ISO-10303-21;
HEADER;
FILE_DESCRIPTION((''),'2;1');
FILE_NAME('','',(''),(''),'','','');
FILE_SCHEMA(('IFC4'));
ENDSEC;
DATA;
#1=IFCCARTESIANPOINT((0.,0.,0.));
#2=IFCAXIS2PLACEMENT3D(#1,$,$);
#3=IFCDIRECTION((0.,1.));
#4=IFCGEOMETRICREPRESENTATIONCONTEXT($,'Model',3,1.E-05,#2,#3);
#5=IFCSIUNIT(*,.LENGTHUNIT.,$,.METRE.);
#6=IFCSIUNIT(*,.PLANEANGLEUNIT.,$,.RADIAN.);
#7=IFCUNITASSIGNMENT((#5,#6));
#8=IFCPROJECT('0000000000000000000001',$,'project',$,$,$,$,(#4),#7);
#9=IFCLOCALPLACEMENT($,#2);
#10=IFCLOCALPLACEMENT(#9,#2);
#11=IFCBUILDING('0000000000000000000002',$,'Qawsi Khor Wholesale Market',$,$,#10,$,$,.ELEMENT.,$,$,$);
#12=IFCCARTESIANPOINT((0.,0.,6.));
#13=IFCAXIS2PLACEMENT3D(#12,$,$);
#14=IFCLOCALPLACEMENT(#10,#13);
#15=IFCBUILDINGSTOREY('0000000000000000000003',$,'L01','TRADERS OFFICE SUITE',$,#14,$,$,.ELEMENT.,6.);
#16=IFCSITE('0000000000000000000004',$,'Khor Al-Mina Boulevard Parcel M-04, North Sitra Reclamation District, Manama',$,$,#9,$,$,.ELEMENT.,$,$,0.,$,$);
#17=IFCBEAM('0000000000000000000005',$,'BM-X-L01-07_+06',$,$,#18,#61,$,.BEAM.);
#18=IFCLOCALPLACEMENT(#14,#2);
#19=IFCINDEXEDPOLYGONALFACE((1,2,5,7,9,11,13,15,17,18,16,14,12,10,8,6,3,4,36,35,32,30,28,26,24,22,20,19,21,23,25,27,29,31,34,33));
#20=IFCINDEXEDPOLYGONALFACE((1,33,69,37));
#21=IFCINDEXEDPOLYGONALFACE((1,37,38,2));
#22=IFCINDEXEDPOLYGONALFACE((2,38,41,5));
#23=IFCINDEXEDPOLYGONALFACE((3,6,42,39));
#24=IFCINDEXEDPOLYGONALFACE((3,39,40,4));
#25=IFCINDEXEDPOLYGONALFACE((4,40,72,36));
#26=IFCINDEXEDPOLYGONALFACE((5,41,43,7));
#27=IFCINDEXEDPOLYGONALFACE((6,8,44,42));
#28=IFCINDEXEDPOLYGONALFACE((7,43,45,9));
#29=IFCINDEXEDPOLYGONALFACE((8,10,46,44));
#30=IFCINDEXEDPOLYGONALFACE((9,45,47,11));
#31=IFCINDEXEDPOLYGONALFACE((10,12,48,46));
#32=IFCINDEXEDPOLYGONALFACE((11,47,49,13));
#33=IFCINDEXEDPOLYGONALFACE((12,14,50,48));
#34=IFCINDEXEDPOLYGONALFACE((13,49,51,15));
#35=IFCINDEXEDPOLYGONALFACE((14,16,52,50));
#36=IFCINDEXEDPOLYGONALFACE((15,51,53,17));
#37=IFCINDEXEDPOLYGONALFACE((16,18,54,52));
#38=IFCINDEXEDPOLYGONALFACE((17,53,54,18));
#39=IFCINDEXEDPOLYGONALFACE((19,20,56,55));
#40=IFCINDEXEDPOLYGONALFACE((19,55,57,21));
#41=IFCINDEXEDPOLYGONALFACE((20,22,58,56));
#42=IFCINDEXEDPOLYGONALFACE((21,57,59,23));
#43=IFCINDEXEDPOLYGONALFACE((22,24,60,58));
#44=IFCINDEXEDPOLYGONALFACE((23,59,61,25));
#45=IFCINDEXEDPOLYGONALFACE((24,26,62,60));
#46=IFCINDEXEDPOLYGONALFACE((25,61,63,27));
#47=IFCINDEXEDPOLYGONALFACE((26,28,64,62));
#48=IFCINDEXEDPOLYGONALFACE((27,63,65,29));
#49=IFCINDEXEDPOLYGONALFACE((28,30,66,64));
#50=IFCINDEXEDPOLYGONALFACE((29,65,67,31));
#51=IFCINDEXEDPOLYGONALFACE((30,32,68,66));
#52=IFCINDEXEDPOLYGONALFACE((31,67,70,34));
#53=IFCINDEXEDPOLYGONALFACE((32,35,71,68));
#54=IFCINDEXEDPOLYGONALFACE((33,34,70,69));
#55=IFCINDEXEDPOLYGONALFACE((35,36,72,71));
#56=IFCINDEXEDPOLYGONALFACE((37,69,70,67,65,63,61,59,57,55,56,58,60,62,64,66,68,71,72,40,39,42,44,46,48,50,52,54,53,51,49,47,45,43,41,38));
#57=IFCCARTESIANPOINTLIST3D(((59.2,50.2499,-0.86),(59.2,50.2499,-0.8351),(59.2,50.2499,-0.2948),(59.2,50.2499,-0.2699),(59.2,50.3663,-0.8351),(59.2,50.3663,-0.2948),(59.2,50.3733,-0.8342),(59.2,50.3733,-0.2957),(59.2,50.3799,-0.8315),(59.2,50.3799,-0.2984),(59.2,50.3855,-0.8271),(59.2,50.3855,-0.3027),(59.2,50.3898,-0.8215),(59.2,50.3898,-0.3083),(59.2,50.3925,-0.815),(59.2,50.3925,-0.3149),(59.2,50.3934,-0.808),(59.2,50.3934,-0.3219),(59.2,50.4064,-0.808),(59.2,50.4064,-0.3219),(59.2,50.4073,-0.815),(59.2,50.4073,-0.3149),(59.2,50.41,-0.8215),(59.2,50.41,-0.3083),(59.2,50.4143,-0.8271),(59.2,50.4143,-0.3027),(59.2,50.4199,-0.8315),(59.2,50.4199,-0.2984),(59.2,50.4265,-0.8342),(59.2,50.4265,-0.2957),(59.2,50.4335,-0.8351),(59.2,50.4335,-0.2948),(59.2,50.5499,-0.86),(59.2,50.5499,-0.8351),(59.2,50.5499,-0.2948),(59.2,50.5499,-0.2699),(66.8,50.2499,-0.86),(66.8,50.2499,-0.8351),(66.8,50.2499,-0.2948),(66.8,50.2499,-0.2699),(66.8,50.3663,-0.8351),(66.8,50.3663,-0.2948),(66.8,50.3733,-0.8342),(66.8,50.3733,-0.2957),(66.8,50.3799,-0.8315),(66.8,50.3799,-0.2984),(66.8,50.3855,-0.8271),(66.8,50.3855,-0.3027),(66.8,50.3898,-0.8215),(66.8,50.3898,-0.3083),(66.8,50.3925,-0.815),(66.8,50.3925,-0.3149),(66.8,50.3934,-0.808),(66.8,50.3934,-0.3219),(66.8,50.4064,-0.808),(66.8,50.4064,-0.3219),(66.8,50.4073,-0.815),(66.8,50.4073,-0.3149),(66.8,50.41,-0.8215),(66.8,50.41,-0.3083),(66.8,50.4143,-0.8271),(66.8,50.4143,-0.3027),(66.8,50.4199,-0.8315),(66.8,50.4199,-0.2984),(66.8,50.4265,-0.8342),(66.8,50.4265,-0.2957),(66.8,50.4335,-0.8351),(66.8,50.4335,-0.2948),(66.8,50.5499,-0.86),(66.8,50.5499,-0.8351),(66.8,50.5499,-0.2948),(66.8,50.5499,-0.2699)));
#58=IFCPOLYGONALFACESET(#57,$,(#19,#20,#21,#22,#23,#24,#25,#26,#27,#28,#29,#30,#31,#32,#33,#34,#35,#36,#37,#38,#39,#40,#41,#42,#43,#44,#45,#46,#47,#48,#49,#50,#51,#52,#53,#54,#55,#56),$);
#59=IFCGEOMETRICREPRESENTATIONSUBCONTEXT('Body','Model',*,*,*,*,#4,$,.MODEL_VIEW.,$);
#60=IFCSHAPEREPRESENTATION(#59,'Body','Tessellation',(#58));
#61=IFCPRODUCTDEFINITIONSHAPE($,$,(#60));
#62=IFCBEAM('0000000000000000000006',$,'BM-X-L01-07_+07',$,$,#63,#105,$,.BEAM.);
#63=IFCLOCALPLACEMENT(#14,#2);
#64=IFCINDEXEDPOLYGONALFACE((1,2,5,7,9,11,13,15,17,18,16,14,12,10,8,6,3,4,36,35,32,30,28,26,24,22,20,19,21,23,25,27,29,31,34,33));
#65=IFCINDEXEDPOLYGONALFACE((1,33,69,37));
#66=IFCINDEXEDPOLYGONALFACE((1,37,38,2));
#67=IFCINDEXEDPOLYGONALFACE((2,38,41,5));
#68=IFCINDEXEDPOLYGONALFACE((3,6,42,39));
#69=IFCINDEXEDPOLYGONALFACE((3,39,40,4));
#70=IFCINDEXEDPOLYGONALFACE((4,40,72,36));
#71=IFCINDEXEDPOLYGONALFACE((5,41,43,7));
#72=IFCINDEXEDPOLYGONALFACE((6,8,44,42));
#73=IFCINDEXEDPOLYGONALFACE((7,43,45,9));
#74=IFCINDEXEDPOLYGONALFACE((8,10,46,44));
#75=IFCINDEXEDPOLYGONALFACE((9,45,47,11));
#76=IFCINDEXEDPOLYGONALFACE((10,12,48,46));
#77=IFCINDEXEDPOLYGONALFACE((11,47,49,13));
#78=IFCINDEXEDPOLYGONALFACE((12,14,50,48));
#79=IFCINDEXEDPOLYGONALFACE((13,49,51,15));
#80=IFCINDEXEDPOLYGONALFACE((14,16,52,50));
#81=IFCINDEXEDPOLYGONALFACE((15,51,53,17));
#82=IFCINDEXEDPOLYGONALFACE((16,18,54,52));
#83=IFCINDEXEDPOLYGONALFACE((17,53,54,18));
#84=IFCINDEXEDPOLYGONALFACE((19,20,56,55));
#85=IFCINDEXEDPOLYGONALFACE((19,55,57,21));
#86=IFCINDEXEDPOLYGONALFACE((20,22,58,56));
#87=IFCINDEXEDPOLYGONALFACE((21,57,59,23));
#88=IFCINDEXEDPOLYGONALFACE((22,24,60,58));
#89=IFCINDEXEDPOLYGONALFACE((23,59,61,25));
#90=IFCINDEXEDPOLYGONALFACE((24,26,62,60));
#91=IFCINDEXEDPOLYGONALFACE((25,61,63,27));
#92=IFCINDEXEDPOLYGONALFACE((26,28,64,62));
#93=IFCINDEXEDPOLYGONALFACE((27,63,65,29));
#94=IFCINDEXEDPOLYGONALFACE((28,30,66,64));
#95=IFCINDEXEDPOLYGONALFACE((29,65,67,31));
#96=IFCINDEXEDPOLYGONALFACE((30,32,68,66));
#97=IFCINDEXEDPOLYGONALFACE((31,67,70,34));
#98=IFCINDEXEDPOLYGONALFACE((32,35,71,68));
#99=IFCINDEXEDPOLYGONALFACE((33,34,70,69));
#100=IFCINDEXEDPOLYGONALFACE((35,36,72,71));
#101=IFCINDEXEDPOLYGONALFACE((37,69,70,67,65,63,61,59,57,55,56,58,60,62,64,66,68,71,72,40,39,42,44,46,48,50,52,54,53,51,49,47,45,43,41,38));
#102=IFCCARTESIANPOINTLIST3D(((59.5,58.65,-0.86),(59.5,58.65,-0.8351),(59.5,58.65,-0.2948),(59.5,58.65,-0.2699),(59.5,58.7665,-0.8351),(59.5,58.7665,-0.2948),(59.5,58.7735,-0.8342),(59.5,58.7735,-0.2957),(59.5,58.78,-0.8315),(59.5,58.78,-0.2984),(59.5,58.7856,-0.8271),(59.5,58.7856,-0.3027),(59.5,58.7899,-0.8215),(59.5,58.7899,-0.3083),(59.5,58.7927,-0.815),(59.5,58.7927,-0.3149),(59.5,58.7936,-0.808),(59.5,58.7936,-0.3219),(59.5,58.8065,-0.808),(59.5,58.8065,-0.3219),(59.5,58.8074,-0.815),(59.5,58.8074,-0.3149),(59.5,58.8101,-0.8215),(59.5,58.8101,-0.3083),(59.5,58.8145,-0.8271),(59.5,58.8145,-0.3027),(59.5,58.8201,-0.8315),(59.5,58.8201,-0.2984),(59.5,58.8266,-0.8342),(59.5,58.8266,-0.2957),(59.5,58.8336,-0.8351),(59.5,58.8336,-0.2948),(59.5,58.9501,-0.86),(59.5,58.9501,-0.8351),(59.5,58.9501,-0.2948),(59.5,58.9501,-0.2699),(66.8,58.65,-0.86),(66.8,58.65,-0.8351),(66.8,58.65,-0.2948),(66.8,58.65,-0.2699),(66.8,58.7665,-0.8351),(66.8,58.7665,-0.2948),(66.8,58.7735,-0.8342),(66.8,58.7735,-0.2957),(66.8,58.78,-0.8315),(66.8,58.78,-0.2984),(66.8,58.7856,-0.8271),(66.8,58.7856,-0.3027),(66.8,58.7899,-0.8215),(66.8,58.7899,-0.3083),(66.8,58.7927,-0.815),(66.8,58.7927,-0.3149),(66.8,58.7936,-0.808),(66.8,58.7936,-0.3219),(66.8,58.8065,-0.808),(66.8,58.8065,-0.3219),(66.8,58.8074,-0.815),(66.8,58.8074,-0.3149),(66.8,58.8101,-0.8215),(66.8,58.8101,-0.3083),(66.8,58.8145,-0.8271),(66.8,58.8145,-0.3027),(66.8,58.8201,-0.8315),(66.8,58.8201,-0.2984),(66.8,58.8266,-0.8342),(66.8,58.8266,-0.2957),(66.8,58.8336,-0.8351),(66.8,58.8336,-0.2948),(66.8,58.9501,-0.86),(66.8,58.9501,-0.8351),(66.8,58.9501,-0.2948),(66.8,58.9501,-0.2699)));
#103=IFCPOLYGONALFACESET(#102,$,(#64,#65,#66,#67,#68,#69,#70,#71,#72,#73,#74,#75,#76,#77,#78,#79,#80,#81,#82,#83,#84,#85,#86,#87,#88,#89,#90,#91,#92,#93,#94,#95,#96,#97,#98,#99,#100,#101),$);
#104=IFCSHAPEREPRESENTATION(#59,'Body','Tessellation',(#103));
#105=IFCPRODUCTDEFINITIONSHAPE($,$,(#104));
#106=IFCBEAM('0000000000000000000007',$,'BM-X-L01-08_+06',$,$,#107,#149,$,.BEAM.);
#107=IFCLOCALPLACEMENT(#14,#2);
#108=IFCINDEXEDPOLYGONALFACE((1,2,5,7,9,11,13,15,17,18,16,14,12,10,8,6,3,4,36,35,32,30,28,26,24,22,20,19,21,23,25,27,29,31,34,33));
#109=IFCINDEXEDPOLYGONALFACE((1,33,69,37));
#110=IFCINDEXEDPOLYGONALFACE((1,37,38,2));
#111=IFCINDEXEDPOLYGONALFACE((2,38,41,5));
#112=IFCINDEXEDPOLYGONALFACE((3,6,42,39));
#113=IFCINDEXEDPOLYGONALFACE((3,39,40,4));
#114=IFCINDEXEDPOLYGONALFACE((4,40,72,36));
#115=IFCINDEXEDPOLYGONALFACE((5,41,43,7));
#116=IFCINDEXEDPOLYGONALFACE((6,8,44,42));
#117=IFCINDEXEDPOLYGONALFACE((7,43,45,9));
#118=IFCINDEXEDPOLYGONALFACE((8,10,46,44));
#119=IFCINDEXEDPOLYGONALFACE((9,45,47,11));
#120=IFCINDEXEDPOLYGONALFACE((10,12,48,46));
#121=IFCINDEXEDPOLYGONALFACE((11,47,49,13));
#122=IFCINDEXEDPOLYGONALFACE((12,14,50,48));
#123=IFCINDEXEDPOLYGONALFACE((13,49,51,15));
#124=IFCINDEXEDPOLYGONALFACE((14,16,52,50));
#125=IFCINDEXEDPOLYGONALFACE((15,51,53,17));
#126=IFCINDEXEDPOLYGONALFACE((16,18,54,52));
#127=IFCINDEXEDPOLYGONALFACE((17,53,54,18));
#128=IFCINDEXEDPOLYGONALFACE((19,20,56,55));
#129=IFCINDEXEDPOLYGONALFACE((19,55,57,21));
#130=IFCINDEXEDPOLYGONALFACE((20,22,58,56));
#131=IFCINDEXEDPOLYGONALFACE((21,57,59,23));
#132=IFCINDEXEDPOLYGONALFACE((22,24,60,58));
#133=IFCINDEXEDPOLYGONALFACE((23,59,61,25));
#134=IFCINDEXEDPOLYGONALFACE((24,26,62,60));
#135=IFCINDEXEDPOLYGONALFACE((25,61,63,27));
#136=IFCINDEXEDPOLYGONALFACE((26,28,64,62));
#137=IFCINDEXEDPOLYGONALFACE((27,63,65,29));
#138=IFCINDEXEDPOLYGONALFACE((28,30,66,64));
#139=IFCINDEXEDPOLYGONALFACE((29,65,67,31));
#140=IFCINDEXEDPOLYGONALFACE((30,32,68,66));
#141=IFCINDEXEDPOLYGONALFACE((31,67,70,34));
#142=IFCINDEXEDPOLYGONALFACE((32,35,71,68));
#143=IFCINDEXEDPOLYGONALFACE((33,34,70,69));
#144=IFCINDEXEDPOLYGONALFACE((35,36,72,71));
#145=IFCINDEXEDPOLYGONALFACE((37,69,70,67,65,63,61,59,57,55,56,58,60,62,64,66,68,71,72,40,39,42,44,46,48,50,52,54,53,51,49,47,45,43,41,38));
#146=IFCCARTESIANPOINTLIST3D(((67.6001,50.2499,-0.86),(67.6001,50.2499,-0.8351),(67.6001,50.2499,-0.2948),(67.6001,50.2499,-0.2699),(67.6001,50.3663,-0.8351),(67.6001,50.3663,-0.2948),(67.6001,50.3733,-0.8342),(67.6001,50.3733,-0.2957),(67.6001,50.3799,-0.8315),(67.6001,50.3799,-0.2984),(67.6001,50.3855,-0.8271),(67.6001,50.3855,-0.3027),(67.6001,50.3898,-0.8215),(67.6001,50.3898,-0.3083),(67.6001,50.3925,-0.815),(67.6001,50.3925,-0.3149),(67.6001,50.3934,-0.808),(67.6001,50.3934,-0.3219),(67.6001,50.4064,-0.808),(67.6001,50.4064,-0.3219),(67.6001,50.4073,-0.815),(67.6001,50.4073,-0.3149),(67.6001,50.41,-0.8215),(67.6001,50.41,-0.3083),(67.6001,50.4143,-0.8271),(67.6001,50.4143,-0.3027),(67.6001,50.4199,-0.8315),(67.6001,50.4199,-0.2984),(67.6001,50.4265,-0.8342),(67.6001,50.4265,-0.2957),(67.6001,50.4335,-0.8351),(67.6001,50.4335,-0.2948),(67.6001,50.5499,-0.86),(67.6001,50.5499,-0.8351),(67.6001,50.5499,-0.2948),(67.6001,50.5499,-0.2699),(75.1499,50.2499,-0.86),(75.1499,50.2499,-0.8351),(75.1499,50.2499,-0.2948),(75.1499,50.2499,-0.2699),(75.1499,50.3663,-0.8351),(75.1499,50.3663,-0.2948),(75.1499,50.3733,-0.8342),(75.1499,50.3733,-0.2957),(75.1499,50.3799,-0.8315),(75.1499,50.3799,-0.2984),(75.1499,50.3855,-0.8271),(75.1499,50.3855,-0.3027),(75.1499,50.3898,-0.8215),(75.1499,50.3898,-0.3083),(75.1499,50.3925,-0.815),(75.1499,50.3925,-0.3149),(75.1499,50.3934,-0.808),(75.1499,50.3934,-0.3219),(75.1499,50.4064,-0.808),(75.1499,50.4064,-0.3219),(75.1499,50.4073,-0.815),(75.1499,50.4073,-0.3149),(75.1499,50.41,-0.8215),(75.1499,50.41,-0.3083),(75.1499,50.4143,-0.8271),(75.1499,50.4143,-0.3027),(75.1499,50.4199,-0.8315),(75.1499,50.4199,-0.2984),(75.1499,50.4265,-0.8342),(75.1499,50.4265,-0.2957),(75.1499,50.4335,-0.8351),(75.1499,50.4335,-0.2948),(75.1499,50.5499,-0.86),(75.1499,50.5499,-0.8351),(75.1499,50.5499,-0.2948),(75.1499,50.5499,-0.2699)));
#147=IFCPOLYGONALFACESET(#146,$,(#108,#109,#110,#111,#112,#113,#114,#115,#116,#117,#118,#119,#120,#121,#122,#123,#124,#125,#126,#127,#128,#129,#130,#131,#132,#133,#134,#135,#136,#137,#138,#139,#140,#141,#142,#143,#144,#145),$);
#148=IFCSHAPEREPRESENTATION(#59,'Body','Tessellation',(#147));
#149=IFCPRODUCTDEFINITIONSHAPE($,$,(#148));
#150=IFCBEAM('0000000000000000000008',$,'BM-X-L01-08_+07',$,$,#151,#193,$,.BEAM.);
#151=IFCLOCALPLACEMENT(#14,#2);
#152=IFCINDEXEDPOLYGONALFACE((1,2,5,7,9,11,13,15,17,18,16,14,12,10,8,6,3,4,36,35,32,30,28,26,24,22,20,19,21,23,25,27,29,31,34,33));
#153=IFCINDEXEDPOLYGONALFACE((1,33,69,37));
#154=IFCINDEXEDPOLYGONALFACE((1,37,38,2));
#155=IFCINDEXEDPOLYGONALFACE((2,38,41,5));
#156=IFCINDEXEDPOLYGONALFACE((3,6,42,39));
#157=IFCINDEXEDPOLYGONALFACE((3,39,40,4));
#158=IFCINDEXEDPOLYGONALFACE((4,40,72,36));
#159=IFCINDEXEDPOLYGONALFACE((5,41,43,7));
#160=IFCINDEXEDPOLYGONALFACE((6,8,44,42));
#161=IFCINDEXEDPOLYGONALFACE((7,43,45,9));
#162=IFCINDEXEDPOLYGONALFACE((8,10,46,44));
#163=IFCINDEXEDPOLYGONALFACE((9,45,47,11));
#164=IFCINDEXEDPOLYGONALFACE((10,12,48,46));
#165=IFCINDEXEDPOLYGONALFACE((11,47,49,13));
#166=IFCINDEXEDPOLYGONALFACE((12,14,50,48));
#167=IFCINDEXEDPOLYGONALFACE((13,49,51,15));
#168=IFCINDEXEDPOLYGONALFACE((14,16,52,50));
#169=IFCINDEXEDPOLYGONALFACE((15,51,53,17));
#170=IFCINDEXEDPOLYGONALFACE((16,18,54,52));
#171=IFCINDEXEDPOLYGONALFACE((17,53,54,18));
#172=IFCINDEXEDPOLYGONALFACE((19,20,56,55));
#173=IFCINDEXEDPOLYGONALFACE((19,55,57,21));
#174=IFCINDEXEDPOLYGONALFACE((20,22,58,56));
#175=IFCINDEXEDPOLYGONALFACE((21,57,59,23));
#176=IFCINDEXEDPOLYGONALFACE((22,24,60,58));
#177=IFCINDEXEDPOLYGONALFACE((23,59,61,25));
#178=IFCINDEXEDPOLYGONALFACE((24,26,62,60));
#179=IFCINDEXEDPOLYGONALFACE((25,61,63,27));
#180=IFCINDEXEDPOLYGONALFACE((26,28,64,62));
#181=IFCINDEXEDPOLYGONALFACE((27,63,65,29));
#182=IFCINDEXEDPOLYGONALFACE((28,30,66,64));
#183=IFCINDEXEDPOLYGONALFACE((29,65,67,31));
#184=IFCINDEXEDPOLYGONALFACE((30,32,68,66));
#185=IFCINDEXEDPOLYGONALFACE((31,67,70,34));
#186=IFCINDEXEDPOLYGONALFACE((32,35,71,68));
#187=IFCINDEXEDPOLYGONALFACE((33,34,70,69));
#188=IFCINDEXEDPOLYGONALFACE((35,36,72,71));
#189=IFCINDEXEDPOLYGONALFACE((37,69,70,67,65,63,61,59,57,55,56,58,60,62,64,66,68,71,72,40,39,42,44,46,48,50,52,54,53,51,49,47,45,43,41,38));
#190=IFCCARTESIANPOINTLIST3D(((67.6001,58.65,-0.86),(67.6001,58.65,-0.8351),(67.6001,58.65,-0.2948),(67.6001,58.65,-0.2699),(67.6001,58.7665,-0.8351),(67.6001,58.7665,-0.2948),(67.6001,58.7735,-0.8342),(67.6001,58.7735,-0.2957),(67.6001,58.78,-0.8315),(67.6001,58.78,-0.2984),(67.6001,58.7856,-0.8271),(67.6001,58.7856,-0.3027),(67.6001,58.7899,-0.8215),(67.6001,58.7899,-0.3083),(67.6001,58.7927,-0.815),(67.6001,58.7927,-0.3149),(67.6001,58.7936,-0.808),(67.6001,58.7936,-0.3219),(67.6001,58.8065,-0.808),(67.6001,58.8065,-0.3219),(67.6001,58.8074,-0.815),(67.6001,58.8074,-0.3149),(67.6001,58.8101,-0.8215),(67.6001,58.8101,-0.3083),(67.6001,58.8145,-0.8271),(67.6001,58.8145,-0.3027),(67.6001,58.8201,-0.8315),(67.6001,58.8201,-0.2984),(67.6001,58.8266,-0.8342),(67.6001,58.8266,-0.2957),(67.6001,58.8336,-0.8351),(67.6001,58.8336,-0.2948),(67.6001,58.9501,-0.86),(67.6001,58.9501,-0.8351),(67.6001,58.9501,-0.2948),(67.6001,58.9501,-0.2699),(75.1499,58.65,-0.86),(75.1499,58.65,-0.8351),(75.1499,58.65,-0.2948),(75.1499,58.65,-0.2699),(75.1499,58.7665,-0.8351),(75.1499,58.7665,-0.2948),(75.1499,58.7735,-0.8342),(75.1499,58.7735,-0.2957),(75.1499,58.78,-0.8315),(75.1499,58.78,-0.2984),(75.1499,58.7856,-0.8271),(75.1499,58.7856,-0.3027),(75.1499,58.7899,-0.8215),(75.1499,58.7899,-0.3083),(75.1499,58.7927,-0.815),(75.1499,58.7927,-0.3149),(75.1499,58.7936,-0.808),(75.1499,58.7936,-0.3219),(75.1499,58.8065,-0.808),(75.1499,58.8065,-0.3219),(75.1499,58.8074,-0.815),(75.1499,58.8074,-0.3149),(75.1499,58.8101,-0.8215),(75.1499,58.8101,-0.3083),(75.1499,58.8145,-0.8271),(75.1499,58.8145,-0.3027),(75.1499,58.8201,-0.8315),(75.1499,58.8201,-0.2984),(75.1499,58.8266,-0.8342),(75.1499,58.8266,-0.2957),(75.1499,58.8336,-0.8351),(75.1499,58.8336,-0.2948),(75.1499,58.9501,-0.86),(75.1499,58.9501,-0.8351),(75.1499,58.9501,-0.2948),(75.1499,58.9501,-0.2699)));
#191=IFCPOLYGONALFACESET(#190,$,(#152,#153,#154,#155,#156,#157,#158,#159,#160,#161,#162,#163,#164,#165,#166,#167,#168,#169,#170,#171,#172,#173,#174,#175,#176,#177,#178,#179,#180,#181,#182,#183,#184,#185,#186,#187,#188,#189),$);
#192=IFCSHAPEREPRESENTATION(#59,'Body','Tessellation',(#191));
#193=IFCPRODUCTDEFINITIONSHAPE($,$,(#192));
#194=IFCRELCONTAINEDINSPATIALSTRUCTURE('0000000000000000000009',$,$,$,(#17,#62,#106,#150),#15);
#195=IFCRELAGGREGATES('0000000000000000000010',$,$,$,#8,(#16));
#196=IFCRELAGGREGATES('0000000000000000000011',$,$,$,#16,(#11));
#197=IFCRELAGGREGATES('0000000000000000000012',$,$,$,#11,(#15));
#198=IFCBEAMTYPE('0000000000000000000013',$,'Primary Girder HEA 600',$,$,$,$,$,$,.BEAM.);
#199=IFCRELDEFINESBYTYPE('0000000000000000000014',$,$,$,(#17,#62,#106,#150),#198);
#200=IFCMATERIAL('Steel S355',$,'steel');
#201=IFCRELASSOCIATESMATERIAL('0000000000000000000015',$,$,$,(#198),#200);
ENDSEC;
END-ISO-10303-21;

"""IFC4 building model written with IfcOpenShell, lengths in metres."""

from ifc_helpers import new_model, si_unit, direction, frame, origin, origin_2d, place, context, subcontext, project, spatial, i_section, extrude, material, material_profile, profile_set, type_object, element, save


model = new_model("IFC4")

# Units and contexts
model_context = context("Model", 3, precision=1e-05, world=origin(), true_north=direction((0.0, 1.0)))
body_context = subcontext(model_context, "Body", "Model", "MODEL_VIEW")
ifc_project = project(units=[si_unit("LENGTHUNIT", "METRE"), si_unit("PLANEANGLEUNIT", "RADIAN")], contexts=[model_context])

# Site, building, storey
site_placement = place(None, origin())
site = spatial("IfcSite", under=ifc_project, at=site_placement, Name="Khor Al-Mina Boulevard Parcel M-04, North Sitra Reclamation District, Manama", CompositionType="ELEMENT", RefElevation=0.0)
building_placement = place(site_placement, origin())
building = spatial("IfcBuilding", under=site, at=building_placement, Name="Qawsi Khor Wholesale Market", CompositionType="ELEMENT")
storey_placement = place(building_placement, frame((0.0, 0.0, 6.0)))
storey = spatial("IfcBuildingStorey", under=building, at=storey_placement, Name="L01", Description="TRADERS OFFICE SUITE", CompositionType="ELEMENT", Elevation=6.0)

# Beams
ifc_material_1 = material(Name="Steel S355", Category="steel")
ifc_material_profile_1 = material_profile(ifc_material_1, i_section(OverallWidth=0.3, OverallDepth=0.5901, WebThickness=0.0129, FlangeThickness=0.0249, FilletRadius=0.0271, at=origin_2d()), Name="HEA 600")
ifc_profile_set_1 = profile_set([ifc_material_profile_1], Name="Steel S355")
beam_type_1 = type_object("IfcBeamType", Name="Primary Girder HEA 600", PredefinedType="BEAM", material=ifc_profile_set_1)
beam_1_placement = place(storey_placement, frame((59.2, 50.3999, -0.5649), z_axis=(1.0, 0.0, 0.0), x_axis=(0.0, 1.0, 0.0)))
element("IfcBeam", 1, at=beam_1_placement, inside=storey, type_object=beam_type_1, Name="BM-X-L01-07_+06", PredefinedType="BEAM", context=body_context, shape_type="SweptSolid", body=[
    extrude(i_section(OverallWidth=0.3, OverallDepth=0.5901, WebThickness=0.0129, FlangeThickness=0.0249, FilletRadius=0.0271, at=origin_2d()), origin(), (0.0, 0.0, 1.0), 7.6001),
])
beam_2_placement = place(storey_placement, frame((59.5, 58.8, -0.5649), z_axis=(1.0, 0.0, 0.0), x_axis=(0.0, 1.0, 0.0)))
element("IfcBeam", 2, at=beam_2_placement, inside=storey, type_object=beam_type_1, Name="BM-X-L01-07_+07", PredefinedType="BEAM", context=body_context, shape_type="SweptSolid", body=[
    extrude(i_section(OverallWidth=0.3, OverallDepth=0.5901, WebThickness=0.0129, FlangeThickness=0.0249, FilletRadius=0.0271, at=origin_2d()), origin(), (0.0, 0.0, 1.0), 7.3),
])
for number, where, z_axis, x_axis, name in (
    (3, (67.6001, 50.3999, -0.5649), (1.0, 0.0, 0.0), (0.0, 1.0, 0.0), "BM-X-L01-08_+06"),
    (4, (67.6001, 58.8, -0.5649), (1.0, 0.0, 0.0), (0.0, 1.0, 0.0), "BM-X-L01-08_+07"),
):
    element("IfcBeam", number, at=place(storey_placement, frame(where, z_axis=z_axis, x_axis=x_axis)), inside=storey, type_object=beam_type_1, Name=name, PredefinedType="BEAM", context=body_context, shape_type="SweptSolid", body=[
        extrude(i_section(OverallWidth=0.3, OverallDepth=0.5901, WebThickness=0.0129, FlangeThickness=0.0249, FilletRadius=0.0271, at=origin_2d()), origin(), (0.0, 0.0, 1.0), 7.5498),
    ])

save(model, "model.ifc")
